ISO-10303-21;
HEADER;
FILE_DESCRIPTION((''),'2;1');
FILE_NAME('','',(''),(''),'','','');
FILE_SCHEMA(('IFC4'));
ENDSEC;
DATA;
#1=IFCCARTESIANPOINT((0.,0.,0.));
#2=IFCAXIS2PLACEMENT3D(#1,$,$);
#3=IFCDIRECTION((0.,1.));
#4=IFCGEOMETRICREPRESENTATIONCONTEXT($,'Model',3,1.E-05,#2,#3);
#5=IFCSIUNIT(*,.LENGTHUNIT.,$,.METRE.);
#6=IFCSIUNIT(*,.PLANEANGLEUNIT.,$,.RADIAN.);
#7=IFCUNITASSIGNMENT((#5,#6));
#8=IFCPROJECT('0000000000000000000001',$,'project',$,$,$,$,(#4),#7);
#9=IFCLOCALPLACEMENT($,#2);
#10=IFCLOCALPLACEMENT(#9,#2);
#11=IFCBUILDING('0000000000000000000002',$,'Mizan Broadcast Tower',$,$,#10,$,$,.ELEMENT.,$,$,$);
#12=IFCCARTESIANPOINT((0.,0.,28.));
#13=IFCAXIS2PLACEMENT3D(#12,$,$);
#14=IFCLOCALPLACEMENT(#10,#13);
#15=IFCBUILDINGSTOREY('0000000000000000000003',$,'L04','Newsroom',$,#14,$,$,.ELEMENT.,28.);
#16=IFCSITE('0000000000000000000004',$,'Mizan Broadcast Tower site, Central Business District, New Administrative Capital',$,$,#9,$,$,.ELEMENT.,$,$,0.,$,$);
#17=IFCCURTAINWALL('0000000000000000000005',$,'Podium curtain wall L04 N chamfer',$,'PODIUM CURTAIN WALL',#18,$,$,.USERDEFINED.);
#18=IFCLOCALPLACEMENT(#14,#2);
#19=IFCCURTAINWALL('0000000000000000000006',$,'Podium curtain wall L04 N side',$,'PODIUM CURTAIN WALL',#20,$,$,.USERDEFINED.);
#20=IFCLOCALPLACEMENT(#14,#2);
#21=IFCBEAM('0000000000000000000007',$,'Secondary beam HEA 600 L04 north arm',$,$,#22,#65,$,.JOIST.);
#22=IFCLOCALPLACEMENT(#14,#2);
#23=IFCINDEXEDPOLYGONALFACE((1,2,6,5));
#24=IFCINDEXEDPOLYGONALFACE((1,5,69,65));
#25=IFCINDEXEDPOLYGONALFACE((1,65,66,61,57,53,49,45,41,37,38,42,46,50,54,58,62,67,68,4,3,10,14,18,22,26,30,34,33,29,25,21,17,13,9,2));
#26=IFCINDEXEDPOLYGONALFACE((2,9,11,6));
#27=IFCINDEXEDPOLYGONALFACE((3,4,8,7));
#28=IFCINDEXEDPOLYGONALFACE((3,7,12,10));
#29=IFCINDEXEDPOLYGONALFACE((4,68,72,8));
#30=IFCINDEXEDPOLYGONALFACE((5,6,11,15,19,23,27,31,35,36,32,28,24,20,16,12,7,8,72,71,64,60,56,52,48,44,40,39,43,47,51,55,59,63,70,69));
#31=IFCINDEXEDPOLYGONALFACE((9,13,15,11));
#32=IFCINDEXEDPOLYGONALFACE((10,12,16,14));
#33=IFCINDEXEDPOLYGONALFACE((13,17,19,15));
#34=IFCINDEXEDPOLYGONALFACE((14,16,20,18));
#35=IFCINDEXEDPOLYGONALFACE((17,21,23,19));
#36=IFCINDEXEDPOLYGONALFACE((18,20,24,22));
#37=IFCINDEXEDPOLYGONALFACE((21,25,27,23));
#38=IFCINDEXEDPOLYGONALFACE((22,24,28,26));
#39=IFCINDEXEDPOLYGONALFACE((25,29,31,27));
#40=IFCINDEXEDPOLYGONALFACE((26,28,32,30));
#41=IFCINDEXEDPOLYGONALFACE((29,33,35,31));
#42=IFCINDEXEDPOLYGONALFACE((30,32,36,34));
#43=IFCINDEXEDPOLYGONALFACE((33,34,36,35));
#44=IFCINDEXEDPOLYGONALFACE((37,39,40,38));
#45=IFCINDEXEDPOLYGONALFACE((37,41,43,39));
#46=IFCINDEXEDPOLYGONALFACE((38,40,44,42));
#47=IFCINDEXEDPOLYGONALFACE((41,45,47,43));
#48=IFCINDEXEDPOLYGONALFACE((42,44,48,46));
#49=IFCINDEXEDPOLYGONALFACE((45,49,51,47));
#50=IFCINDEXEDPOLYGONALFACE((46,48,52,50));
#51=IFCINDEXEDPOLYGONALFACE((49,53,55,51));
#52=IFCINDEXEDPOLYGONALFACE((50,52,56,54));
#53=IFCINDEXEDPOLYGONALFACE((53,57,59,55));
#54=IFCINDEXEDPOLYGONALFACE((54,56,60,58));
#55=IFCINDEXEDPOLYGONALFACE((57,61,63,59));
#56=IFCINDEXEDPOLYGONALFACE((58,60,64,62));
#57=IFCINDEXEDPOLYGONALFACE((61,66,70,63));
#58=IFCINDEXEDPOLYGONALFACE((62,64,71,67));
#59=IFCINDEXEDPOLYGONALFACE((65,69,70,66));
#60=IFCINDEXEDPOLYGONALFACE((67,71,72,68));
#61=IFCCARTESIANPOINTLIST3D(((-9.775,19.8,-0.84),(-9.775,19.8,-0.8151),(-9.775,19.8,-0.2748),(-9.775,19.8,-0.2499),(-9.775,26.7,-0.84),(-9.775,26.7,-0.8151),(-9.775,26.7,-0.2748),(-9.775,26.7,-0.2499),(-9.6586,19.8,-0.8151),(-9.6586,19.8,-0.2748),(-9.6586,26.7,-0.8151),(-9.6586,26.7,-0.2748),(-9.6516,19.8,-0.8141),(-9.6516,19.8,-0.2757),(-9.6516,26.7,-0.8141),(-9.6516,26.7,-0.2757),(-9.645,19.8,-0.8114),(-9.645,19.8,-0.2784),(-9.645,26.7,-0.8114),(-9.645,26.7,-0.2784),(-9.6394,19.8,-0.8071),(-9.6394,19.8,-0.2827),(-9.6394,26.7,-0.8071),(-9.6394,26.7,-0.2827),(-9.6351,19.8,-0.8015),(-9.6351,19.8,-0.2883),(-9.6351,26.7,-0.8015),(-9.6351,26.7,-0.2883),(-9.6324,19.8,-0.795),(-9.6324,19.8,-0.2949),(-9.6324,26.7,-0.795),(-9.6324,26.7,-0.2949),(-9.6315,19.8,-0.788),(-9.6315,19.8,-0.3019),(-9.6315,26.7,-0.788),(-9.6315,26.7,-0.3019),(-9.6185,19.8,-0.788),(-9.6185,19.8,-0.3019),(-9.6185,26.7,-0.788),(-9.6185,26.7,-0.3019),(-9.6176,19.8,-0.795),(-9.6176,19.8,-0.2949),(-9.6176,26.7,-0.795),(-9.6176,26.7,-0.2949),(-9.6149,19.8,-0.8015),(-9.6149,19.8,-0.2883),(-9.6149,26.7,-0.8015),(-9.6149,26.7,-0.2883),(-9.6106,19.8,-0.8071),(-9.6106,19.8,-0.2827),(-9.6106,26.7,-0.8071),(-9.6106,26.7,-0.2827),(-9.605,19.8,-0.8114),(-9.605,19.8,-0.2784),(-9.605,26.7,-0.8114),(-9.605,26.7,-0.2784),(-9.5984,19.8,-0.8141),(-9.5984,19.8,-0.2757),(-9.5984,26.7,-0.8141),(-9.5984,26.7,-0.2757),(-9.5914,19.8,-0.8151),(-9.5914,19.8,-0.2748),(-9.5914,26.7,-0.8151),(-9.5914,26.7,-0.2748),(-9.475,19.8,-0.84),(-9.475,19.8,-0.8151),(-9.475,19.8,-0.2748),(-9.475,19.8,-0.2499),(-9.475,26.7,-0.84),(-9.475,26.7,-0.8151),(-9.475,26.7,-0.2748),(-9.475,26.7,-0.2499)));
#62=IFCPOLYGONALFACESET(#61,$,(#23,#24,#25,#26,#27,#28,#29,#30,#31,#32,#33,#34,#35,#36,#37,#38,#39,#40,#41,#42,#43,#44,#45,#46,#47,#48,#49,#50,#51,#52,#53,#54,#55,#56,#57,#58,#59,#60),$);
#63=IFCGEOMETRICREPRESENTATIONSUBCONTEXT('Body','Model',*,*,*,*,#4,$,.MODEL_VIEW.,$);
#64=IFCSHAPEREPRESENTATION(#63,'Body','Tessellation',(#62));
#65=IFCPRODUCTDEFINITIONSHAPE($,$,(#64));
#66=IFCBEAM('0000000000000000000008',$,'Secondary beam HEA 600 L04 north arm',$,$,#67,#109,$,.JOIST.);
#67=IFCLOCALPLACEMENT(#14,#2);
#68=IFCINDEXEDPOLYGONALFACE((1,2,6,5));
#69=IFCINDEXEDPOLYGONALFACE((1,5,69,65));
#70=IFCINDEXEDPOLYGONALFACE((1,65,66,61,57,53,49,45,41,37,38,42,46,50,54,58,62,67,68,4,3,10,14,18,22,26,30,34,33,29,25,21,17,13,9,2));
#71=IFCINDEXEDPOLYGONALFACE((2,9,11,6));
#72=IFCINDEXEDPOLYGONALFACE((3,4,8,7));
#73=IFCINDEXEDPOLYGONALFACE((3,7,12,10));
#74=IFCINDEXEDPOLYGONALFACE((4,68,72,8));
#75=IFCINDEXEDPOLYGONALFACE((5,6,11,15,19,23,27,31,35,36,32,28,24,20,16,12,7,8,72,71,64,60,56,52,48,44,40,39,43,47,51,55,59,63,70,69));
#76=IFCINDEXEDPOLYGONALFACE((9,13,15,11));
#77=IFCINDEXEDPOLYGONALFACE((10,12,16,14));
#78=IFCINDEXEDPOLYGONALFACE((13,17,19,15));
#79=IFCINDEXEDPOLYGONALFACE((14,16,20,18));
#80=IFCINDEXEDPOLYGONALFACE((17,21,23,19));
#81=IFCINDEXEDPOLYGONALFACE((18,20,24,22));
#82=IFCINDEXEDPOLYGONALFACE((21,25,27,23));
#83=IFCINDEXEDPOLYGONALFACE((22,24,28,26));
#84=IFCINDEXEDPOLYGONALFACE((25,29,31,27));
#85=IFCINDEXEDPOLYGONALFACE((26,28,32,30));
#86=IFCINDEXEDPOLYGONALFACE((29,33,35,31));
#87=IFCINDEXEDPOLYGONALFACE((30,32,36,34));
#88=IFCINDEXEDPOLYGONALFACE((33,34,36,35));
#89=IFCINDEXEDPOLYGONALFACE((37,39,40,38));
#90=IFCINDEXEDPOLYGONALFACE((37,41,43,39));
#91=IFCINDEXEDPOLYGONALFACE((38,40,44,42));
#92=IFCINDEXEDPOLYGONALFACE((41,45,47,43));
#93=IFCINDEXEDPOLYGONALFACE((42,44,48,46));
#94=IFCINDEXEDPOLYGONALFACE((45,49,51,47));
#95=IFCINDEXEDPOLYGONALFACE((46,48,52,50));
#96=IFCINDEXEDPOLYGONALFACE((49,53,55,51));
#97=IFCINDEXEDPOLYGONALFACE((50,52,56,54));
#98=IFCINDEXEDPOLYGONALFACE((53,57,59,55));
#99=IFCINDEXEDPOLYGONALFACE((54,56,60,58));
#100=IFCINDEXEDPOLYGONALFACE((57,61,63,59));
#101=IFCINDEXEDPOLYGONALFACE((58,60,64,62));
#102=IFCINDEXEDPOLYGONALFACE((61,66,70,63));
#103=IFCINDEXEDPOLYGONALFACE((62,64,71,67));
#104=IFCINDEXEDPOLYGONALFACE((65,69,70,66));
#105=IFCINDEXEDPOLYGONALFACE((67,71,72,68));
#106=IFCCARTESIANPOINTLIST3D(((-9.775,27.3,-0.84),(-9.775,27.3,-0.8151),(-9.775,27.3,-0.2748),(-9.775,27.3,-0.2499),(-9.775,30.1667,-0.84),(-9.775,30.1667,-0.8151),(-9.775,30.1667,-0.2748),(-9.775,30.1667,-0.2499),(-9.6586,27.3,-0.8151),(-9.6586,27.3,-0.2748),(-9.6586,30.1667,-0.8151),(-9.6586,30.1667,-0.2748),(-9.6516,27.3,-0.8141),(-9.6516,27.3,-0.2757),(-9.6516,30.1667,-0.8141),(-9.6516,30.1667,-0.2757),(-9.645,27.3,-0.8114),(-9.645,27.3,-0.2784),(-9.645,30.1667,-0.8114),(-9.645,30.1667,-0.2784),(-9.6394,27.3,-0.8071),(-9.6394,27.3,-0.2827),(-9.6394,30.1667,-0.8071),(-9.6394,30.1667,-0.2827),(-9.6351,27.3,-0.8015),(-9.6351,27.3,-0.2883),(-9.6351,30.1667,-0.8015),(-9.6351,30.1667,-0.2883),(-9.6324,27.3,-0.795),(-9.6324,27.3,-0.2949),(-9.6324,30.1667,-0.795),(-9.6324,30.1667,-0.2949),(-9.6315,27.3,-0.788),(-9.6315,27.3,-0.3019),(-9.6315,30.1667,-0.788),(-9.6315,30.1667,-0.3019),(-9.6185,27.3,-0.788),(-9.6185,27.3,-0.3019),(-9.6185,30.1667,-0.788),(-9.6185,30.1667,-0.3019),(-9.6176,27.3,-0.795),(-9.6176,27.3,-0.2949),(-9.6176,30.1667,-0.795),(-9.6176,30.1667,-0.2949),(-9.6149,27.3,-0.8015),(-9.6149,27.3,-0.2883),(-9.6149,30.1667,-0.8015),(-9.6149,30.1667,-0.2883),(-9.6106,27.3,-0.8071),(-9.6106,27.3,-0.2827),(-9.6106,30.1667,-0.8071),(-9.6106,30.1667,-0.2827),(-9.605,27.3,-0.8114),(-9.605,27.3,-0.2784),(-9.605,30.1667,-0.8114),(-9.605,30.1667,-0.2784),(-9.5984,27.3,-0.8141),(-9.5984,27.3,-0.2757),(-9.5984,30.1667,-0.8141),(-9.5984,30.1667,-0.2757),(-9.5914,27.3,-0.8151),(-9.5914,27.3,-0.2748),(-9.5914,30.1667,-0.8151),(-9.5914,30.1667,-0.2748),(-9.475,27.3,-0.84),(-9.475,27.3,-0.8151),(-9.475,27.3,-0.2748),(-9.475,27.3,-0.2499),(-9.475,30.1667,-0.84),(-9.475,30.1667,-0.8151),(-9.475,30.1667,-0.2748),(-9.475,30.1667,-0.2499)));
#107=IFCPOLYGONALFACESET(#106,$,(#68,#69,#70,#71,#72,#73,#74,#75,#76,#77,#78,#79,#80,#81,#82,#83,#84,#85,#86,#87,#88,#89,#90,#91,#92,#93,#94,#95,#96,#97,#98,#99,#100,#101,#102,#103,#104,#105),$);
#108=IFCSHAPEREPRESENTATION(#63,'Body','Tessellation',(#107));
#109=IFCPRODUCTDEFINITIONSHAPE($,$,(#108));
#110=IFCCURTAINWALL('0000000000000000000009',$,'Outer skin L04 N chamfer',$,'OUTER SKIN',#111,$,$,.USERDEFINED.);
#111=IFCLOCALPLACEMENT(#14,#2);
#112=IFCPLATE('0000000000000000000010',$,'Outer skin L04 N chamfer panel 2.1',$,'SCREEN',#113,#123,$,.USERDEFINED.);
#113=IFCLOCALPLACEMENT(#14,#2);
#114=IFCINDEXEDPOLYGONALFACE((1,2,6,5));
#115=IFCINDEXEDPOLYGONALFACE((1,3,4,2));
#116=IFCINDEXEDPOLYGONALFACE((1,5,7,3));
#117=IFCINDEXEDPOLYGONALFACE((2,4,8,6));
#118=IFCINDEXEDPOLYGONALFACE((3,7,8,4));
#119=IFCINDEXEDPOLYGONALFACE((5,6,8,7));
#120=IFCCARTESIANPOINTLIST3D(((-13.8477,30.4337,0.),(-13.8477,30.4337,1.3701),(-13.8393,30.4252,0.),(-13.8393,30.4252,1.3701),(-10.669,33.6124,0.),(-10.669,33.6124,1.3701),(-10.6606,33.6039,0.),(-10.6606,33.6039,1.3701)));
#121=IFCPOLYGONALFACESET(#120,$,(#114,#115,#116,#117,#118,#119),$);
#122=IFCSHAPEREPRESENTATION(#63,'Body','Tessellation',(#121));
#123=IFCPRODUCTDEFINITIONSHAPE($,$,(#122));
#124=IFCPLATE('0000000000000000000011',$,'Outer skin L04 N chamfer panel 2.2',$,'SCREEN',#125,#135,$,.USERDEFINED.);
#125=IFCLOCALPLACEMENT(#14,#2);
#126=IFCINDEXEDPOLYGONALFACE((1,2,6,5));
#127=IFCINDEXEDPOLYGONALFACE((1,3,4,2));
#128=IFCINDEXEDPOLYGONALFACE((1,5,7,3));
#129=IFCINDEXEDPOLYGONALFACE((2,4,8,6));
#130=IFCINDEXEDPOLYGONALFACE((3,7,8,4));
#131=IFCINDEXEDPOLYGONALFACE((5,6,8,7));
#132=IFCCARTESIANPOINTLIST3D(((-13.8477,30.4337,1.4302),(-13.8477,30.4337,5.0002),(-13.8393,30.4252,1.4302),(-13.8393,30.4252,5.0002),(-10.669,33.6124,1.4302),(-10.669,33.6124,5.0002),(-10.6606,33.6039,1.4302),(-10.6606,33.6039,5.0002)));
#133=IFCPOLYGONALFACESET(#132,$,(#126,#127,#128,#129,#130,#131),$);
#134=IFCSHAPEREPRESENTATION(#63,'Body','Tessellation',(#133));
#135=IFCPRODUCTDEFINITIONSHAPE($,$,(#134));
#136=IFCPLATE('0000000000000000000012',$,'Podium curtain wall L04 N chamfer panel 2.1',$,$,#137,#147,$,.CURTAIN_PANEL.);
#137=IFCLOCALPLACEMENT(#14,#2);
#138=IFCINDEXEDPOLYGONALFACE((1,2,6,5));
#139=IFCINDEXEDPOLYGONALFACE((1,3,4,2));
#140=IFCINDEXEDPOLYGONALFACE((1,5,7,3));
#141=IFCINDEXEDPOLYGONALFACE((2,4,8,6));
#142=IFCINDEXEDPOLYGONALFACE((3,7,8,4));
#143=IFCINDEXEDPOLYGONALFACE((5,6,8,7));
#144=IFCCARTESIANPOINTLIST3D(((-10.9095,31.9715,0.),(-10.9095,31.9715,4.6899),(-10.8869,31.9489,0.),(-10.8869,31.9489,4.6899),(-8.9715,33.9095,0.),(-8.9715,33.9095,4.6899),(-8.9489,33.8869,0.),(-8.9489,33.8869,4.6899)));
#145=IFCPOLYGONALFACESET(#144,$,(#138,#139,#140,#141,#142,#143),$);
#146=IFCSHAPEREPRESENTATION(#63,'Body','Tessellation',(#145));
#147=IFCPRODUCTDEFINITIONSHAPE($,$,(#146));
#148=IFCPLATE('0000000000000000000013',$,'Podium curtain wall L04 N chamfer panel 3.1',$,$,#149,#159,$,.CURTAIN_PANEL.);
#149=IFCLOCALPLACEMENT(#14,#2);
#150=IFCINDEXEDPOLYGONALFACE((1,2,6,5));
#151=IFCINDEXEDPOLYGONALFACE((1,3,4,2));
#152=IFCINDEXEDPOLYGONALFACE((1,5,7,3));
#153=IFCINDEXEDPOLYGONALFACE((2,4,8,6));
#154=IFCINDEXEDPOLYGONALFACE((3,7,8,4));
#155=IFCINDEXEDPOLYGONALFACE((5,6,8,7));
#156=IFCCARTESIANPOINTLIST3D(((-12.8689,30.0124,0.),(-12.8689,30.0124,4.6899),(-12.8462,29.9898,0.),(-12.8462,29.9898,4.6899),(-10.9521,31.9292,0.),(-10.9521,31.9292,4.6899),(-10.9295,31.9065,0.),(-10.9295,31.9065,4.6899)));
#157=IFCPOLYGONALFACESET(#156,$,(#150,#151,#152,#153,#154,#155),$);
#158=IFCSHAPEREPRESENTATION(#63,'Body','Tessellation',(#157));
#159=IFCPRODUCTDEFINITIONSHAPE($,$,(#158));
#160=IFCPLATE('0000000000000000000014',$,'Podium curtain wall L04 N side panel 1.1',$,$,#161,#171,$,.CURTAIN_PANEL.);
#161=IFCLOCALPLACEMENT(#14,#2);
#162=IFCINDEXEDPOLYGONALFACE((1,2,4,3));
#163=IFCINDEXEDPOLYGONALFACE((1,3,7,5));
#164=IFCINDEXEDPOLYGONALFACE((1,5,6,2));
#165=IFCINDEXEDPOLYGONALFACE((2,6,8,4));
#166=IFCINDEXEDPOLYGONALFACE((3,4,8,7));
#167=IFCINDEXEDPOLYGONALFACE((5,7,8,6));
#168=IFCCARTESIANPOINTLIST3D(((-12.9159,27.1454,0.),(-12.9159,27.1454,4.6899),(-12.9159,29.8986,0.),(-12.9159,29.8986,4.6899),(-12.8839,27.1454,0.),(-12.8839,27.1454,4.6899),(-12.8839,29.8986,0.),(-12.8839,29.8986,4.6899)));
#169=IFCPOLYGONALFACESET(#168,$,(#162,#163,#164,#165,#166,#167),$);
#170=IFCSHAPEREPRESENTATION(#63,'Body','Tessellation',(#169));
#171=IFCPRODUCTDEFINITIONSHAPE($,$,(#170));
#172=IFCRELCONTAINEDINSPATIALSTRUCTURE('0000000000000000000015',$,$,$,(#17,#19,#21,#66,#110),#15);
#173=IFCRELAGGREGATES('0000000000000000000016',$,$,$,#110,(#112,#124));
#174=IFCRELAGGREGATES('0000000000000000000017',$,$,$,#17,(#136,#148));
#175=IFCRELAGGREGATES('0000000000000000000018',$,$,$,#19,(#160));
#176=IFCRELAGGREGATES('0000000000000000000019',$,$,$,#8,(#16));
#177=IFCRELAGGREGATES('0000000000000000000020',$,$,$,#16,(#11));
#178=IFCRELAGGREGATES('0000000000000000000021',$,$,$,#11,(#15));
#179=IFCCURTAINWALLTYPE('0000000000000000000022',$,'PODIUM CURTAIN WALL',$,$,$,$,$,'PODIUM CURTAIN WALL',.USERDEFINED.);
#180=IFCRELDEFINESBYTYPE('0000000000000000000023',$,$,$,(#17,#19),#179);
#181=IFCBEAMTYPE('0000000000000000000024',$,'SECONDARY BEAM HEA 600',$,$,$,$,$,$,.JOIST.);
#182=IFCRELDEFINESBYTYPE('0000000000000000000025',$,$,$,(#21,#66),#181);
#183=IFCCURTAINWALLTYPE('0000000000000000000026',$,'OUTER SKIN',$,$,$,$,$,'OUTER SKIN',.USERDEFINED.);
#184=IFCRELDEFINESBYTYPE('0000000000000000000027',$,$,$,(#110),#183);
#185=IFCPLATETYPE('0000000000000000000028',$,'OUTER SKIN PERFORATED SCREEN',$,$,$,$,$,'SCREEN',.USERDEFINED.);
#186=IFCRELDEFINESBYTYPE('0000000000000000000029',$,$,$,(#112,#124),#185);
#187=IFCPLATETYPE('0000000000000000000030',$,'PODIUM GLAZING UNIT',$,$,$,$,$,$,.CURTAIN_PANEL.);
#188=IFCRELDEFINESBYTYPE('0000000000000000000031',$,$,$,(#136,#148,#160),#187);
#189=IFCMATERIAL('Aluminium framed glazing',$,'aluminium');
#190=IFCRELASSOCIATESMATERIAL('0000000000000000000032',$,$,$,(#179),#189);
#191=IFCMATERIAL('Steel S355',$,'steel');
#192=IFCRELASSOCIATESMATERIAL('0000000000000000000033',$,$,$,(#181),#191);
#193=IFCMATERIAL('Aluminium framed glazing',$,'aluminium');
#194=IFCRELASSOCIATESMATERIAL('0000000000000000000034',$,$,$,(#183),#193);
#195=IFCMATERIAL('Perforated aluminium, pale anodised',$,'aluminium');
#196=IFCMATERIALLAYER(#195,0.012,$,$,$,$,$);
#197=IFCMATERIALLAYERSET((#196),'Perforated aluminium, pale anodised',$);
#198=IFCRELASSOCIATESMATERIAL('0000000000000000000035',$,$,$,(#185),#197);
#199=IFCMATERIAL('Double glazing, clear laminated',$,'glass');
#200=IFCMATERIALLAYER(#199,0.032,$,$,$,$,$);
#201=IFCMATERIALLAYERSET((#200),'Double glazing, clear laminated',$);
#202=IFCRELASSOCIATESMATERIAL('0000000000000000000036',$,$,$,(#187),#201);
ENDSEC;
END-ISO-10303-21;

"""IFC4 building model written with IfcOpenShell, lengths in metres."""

from ifc_helpers import new_model, si_unit, direction, frame, origin, origin_2d, place, context, subcontext, project, spatial, rectangle, i_section, extrude, material, layer, layer_set, material_profile, profile_set, type_object, element, aggregate, save


model = new_model("IFC4")

# Units and contexts
model_context = context("Model", 3, precision=1e-05, world=origin(), true_north=direction((0.0, 1.0)))
body_context = subcontext(model_context, "Body", "Model", "MODEL_VIEW")
ifc_project = project(units=[si_unit("LENGTHUNIT", "METRE"), si_unit("PLANEANGLEUNIT", "RADIAN")], contexts=[model_context])

# Site, building, storey
site_placement = place(None, origin())
site = spatial("IfcSite", under=ifc_project, at=site_placement, Name="Mizan Broadcast Tower site, Central Business District, New Administrative Capital", CompositionType="ELEMENT", RefElevation=0.0)
building_placement = place(site_placement, origin())
building = spatial("IfcBuilding", under=site, at=building_placement, Name="Mizan Broadcast Tower", CompositionType="ELEMENT")
storey_placement = place(building_placement, frame((0.0, 0.0, 28.0)))
storey = spatial("IfcBuildingStorey", under=building, at=storey_placement, Name="L04", Description="Newsroom", CompositionType="ELEMENT", Elevation=28.0)

# Curtain wall
ifc_material_1 = material(Name="Aluminium framed glazing", Category="aluminium")
curtain_wall_type_1 = type_object("IfcCurtainWallType", Name="PODIUM CURTAIN WALL", ElementType="PODIUM CURTAIN WALL", PredefinedType="USERDEFINED", material=ifc_material_1)
curtain_wall_1_placement = place(storey_placement, origin())
curtain_wall_1 = element("IfcCurtainWall", 1, at=curtain_wall_1_placement, inside=storey, type_object=curtain_wall_type_1, Name="Podium curtain wall L04 N chamfer", ObjectType="PODIUM CURTAIN WALL", PredefinedType="USERDEFINED")

# Curtain wall
curtain_wall_2_placement = place(storey_placement, origin())
curtain_wall_2 = element("IfcCurtainWall", 2, at=curtain_wall_2_placement, inside=storey, type_object=curtain_wall_type_1, Name="Podium curtain wall L04 N side", ObjectType="PODIUM CURTAIN WALL", PredefinedType="USERDEFINED")

# Beams
ifc_material_2 = material(Name="Steel S355", Category="steel")
ifc_material_profile_1 = material_profile(ifc_material_2, i_section(OverallWidth=0.3, OverallDepth=0.5901, WebThickness=0.0129, FlangeThickness=0.0249, FilletRadius=0.0271, at=origin_2d()), Name="HEA 600")
ifc_profile_set_1 = profile_set([ifc_material_profile_1], Name="Steel S355")
beam_type_1 = type_object("IfcBeamType", Name="SECONDARY BEAM HEA 600", PredefinedType="JOIST", material=ifc_profile_set_1)
beam_1_placement = place(storey_placement, frame((-9.625, 19.8, -0.5449), z_axis=(0.0, 1.0, 0.0), x_axis=(-1.0, 0.0, 0.0)))
element("IfcBeam", 3, at=beam_1_placement, inside=storey, type_object=beam_type_1, Name="Secondary beam HEA 600 L04 north arm", PredefinedType="JOIST", context=body_context, shape_type="SweptSolid", body=[
    extrude(i_section(OverallWidth=0.3, OverallDepth=0.5901, WebThickness=0.0129, FlangeThickness=0.0249, FilletRadius=0.0271, at=origin_2d()), origin(), (0.0, 0.0, 1.0), 6.8999),
])
beam_2_placement = place(storey_placement, frame((-9.625, 27.3, -0.5449), z_axis=(0.0, 1.0, 0.0), x_axis=(-1.0, 0.0, 0.0)))
element("IfcBeam", 4, at=beam_2_placement, inside=storey, type_object=beam_type_1, Name="Secondary beam HEA 600 L04 north arm", PredefinedType="JOIST", context=body_context, shape_type="SweptSolid", body=[
    extrude(i_section(OverallWidth=0.3, OverallDepth=0.5901, WebThickness=0.0129, FlangeThickness=0.0249, FilletRadius=0.0271, at=origin_2d()), origin(), (0.0, 0.0, 1.0), 2.8667),
])

# Curtain wall, plates
ifc_material_3 = material(Name="Aluminium framed glazing", Category="aluminium")
curtain_wall_type_2 = type_object("IfcCurtainWallType", Name="OUTER SKIN", ElementType="OUTER SKIN", PredefinedType="USERDEFINED", material=ifc_material_3)
curtain_wall_3_placement = place(storey_placement, origin())
curtain_wall_3 = element("IfcCurtainWall", 5, at=curtain_wall_3_placement, inside=storey, type_object=curtain_wall_type_2, Name="Outer skin L04 N chamfer", ObjectType="OUTER SKIN", PredefinedType="USERDEFINED")
ifc_material_4 = material(Name="Perforated aluminium, pale anodised", Category="aluminium")
ifc_layer_1 = layer(ifc_material_4, 0.012)
ifc_layer_set_1 = layer_set([ifc_layer_1], Name="Perforated aluminium, pale anodised")
plate_type_1 = type_object("IfcPlateType", Name="OUTER SKIN PERFORATED SCREEN", ElementType="SCREEN", PredefinedType="USERDEFINED", material=ifc_layer_set_1)
plate_1_placement = place(storey_placement, frame((-12.2542, 32.0188, 0.0), z_axis=(0.0, 0.0, 1.0), x_axis=(-0.707107, -0.707107, 0.0)))
plate_1 = element("IfcPlate", 6, at=plate_1_placement, type_object=plate_type_1, Name="Outer skin L04 N chamfer panel 2.1", ObjectType="SCREEN", PredefinedType="USERDEFINED", context=body_context, shape_type="SweptSolid", body=[
    extrude(rectangle(XDim=4.4954, YDim=0.012, at=origin_2d()), origin(), (0.0, 0.0, 1.0), 1.3701),
])
plate_2_placement = place(storey_placement, frame((-12.2542, 32.0188, 1.4302), z_axis=(0.0, 0.0, 1.0), x_axis=(-0.707107, -0.707107, 0.0)))
plate_2 = element("IfcPlate", 7, at=plate_2_placement, type_object=plate_type_1, Name="Outer skin L04 N chamfer panel 2.2", ObjectType="SCREEN", PredefinedType="USERDEFINED", context=body_context, shape_type="SweptSolid", body=[
    extrude(rectangle(XDim=4.4954, YDim=0.012, at=origin_2d()), origin(), (0.0, 0.0, 1.0), 3.5701),
])
aggregate(curtain_wall_3, [plate_1, plate_2])

# Plates
ifc_material_5 = material(Name="Double glazing, clear laminated", Category="glass")
ifc_layer_2 = layer(ifc_material_5, 0.032)
ifc_layer_set_2 = layer_set([ifc_layer_2], Name="Double glazing, clear laminated")
plate_type_2 = type_object("IfcPlateType", Name="PODIUM GLAZING UNIT", PredefinedType="CURTAIN_PANEL", material=ifc_layer_set_2)
plate_3_placement = place(storey_placement, frame((-9.9292, 32.9292, 0.0), z_axis=(0.0, 0.0, 1.0), x_axis=(-0.707107, -0.707107, 0.0)))
plate_3 = element("IfcPlate", 8, at=plate_3_placement, type_object=plate_type_2, Name="Podium curtain wall L04 N chamfer panel 2.1", PredefinedType="CURTAIN_PANEL", context=body_context, shape_type="SweptSolid", body=[
    extrude(rectangle(XDim=2.7407, YDim=0.032, at=origin_2d()), origin(), (0.0, 0.0, 1.0), 4.6899),
])
plate_4_placement = place(storey_placement, frame((-11.8992, 30.9595, 0.0), z_axis=(0.0, 0.0, 1.0), x_axis=(-0.707107, -0.707107, 0.0)))
plate_4 = element("IfcPlate", 9, at=plate_4_placement, type_object=plate_type_2, Name="Podium curtain wall L04 N chamfer panel 3.1", PredefinedType="CURTAIN_PANEL", context=body_context, shape_type="SweptSolid", body=[
    extrude(rectangle(XDim=2.7107, YDim=0.032, at=origin_2d()), origin(), (0.0, 0.0, 1.0), 4.6899),
])
aggregate(curtain_wall_1, [plate_3, plate_4])
plate_5_placement = place(storey_placement, frame((-12.8999, 28.522, 0.0), z_axis=(0.0, 0.0, 1.0), x_axis=(0.0, -1.0, 0.0)))
plate_5 = element("IfcPlate", 10, at=plate_5_placement, type_object=plate_type_2, Name="Podium curtain wall L04 N side panel 1.1", PredefinedType="CURTAIN_PANEL", context=body_context, shape_type="SweptSolid", body=[
    extrude(rectangle(XDim=2.7532, YDim=0.032, at=origin_2d()), origin(), (0.0, 0.0, 1.0), 4.6899),
])
aggregate(curtain_wall_2, [plate_5])

save(model, "model.ifc")
